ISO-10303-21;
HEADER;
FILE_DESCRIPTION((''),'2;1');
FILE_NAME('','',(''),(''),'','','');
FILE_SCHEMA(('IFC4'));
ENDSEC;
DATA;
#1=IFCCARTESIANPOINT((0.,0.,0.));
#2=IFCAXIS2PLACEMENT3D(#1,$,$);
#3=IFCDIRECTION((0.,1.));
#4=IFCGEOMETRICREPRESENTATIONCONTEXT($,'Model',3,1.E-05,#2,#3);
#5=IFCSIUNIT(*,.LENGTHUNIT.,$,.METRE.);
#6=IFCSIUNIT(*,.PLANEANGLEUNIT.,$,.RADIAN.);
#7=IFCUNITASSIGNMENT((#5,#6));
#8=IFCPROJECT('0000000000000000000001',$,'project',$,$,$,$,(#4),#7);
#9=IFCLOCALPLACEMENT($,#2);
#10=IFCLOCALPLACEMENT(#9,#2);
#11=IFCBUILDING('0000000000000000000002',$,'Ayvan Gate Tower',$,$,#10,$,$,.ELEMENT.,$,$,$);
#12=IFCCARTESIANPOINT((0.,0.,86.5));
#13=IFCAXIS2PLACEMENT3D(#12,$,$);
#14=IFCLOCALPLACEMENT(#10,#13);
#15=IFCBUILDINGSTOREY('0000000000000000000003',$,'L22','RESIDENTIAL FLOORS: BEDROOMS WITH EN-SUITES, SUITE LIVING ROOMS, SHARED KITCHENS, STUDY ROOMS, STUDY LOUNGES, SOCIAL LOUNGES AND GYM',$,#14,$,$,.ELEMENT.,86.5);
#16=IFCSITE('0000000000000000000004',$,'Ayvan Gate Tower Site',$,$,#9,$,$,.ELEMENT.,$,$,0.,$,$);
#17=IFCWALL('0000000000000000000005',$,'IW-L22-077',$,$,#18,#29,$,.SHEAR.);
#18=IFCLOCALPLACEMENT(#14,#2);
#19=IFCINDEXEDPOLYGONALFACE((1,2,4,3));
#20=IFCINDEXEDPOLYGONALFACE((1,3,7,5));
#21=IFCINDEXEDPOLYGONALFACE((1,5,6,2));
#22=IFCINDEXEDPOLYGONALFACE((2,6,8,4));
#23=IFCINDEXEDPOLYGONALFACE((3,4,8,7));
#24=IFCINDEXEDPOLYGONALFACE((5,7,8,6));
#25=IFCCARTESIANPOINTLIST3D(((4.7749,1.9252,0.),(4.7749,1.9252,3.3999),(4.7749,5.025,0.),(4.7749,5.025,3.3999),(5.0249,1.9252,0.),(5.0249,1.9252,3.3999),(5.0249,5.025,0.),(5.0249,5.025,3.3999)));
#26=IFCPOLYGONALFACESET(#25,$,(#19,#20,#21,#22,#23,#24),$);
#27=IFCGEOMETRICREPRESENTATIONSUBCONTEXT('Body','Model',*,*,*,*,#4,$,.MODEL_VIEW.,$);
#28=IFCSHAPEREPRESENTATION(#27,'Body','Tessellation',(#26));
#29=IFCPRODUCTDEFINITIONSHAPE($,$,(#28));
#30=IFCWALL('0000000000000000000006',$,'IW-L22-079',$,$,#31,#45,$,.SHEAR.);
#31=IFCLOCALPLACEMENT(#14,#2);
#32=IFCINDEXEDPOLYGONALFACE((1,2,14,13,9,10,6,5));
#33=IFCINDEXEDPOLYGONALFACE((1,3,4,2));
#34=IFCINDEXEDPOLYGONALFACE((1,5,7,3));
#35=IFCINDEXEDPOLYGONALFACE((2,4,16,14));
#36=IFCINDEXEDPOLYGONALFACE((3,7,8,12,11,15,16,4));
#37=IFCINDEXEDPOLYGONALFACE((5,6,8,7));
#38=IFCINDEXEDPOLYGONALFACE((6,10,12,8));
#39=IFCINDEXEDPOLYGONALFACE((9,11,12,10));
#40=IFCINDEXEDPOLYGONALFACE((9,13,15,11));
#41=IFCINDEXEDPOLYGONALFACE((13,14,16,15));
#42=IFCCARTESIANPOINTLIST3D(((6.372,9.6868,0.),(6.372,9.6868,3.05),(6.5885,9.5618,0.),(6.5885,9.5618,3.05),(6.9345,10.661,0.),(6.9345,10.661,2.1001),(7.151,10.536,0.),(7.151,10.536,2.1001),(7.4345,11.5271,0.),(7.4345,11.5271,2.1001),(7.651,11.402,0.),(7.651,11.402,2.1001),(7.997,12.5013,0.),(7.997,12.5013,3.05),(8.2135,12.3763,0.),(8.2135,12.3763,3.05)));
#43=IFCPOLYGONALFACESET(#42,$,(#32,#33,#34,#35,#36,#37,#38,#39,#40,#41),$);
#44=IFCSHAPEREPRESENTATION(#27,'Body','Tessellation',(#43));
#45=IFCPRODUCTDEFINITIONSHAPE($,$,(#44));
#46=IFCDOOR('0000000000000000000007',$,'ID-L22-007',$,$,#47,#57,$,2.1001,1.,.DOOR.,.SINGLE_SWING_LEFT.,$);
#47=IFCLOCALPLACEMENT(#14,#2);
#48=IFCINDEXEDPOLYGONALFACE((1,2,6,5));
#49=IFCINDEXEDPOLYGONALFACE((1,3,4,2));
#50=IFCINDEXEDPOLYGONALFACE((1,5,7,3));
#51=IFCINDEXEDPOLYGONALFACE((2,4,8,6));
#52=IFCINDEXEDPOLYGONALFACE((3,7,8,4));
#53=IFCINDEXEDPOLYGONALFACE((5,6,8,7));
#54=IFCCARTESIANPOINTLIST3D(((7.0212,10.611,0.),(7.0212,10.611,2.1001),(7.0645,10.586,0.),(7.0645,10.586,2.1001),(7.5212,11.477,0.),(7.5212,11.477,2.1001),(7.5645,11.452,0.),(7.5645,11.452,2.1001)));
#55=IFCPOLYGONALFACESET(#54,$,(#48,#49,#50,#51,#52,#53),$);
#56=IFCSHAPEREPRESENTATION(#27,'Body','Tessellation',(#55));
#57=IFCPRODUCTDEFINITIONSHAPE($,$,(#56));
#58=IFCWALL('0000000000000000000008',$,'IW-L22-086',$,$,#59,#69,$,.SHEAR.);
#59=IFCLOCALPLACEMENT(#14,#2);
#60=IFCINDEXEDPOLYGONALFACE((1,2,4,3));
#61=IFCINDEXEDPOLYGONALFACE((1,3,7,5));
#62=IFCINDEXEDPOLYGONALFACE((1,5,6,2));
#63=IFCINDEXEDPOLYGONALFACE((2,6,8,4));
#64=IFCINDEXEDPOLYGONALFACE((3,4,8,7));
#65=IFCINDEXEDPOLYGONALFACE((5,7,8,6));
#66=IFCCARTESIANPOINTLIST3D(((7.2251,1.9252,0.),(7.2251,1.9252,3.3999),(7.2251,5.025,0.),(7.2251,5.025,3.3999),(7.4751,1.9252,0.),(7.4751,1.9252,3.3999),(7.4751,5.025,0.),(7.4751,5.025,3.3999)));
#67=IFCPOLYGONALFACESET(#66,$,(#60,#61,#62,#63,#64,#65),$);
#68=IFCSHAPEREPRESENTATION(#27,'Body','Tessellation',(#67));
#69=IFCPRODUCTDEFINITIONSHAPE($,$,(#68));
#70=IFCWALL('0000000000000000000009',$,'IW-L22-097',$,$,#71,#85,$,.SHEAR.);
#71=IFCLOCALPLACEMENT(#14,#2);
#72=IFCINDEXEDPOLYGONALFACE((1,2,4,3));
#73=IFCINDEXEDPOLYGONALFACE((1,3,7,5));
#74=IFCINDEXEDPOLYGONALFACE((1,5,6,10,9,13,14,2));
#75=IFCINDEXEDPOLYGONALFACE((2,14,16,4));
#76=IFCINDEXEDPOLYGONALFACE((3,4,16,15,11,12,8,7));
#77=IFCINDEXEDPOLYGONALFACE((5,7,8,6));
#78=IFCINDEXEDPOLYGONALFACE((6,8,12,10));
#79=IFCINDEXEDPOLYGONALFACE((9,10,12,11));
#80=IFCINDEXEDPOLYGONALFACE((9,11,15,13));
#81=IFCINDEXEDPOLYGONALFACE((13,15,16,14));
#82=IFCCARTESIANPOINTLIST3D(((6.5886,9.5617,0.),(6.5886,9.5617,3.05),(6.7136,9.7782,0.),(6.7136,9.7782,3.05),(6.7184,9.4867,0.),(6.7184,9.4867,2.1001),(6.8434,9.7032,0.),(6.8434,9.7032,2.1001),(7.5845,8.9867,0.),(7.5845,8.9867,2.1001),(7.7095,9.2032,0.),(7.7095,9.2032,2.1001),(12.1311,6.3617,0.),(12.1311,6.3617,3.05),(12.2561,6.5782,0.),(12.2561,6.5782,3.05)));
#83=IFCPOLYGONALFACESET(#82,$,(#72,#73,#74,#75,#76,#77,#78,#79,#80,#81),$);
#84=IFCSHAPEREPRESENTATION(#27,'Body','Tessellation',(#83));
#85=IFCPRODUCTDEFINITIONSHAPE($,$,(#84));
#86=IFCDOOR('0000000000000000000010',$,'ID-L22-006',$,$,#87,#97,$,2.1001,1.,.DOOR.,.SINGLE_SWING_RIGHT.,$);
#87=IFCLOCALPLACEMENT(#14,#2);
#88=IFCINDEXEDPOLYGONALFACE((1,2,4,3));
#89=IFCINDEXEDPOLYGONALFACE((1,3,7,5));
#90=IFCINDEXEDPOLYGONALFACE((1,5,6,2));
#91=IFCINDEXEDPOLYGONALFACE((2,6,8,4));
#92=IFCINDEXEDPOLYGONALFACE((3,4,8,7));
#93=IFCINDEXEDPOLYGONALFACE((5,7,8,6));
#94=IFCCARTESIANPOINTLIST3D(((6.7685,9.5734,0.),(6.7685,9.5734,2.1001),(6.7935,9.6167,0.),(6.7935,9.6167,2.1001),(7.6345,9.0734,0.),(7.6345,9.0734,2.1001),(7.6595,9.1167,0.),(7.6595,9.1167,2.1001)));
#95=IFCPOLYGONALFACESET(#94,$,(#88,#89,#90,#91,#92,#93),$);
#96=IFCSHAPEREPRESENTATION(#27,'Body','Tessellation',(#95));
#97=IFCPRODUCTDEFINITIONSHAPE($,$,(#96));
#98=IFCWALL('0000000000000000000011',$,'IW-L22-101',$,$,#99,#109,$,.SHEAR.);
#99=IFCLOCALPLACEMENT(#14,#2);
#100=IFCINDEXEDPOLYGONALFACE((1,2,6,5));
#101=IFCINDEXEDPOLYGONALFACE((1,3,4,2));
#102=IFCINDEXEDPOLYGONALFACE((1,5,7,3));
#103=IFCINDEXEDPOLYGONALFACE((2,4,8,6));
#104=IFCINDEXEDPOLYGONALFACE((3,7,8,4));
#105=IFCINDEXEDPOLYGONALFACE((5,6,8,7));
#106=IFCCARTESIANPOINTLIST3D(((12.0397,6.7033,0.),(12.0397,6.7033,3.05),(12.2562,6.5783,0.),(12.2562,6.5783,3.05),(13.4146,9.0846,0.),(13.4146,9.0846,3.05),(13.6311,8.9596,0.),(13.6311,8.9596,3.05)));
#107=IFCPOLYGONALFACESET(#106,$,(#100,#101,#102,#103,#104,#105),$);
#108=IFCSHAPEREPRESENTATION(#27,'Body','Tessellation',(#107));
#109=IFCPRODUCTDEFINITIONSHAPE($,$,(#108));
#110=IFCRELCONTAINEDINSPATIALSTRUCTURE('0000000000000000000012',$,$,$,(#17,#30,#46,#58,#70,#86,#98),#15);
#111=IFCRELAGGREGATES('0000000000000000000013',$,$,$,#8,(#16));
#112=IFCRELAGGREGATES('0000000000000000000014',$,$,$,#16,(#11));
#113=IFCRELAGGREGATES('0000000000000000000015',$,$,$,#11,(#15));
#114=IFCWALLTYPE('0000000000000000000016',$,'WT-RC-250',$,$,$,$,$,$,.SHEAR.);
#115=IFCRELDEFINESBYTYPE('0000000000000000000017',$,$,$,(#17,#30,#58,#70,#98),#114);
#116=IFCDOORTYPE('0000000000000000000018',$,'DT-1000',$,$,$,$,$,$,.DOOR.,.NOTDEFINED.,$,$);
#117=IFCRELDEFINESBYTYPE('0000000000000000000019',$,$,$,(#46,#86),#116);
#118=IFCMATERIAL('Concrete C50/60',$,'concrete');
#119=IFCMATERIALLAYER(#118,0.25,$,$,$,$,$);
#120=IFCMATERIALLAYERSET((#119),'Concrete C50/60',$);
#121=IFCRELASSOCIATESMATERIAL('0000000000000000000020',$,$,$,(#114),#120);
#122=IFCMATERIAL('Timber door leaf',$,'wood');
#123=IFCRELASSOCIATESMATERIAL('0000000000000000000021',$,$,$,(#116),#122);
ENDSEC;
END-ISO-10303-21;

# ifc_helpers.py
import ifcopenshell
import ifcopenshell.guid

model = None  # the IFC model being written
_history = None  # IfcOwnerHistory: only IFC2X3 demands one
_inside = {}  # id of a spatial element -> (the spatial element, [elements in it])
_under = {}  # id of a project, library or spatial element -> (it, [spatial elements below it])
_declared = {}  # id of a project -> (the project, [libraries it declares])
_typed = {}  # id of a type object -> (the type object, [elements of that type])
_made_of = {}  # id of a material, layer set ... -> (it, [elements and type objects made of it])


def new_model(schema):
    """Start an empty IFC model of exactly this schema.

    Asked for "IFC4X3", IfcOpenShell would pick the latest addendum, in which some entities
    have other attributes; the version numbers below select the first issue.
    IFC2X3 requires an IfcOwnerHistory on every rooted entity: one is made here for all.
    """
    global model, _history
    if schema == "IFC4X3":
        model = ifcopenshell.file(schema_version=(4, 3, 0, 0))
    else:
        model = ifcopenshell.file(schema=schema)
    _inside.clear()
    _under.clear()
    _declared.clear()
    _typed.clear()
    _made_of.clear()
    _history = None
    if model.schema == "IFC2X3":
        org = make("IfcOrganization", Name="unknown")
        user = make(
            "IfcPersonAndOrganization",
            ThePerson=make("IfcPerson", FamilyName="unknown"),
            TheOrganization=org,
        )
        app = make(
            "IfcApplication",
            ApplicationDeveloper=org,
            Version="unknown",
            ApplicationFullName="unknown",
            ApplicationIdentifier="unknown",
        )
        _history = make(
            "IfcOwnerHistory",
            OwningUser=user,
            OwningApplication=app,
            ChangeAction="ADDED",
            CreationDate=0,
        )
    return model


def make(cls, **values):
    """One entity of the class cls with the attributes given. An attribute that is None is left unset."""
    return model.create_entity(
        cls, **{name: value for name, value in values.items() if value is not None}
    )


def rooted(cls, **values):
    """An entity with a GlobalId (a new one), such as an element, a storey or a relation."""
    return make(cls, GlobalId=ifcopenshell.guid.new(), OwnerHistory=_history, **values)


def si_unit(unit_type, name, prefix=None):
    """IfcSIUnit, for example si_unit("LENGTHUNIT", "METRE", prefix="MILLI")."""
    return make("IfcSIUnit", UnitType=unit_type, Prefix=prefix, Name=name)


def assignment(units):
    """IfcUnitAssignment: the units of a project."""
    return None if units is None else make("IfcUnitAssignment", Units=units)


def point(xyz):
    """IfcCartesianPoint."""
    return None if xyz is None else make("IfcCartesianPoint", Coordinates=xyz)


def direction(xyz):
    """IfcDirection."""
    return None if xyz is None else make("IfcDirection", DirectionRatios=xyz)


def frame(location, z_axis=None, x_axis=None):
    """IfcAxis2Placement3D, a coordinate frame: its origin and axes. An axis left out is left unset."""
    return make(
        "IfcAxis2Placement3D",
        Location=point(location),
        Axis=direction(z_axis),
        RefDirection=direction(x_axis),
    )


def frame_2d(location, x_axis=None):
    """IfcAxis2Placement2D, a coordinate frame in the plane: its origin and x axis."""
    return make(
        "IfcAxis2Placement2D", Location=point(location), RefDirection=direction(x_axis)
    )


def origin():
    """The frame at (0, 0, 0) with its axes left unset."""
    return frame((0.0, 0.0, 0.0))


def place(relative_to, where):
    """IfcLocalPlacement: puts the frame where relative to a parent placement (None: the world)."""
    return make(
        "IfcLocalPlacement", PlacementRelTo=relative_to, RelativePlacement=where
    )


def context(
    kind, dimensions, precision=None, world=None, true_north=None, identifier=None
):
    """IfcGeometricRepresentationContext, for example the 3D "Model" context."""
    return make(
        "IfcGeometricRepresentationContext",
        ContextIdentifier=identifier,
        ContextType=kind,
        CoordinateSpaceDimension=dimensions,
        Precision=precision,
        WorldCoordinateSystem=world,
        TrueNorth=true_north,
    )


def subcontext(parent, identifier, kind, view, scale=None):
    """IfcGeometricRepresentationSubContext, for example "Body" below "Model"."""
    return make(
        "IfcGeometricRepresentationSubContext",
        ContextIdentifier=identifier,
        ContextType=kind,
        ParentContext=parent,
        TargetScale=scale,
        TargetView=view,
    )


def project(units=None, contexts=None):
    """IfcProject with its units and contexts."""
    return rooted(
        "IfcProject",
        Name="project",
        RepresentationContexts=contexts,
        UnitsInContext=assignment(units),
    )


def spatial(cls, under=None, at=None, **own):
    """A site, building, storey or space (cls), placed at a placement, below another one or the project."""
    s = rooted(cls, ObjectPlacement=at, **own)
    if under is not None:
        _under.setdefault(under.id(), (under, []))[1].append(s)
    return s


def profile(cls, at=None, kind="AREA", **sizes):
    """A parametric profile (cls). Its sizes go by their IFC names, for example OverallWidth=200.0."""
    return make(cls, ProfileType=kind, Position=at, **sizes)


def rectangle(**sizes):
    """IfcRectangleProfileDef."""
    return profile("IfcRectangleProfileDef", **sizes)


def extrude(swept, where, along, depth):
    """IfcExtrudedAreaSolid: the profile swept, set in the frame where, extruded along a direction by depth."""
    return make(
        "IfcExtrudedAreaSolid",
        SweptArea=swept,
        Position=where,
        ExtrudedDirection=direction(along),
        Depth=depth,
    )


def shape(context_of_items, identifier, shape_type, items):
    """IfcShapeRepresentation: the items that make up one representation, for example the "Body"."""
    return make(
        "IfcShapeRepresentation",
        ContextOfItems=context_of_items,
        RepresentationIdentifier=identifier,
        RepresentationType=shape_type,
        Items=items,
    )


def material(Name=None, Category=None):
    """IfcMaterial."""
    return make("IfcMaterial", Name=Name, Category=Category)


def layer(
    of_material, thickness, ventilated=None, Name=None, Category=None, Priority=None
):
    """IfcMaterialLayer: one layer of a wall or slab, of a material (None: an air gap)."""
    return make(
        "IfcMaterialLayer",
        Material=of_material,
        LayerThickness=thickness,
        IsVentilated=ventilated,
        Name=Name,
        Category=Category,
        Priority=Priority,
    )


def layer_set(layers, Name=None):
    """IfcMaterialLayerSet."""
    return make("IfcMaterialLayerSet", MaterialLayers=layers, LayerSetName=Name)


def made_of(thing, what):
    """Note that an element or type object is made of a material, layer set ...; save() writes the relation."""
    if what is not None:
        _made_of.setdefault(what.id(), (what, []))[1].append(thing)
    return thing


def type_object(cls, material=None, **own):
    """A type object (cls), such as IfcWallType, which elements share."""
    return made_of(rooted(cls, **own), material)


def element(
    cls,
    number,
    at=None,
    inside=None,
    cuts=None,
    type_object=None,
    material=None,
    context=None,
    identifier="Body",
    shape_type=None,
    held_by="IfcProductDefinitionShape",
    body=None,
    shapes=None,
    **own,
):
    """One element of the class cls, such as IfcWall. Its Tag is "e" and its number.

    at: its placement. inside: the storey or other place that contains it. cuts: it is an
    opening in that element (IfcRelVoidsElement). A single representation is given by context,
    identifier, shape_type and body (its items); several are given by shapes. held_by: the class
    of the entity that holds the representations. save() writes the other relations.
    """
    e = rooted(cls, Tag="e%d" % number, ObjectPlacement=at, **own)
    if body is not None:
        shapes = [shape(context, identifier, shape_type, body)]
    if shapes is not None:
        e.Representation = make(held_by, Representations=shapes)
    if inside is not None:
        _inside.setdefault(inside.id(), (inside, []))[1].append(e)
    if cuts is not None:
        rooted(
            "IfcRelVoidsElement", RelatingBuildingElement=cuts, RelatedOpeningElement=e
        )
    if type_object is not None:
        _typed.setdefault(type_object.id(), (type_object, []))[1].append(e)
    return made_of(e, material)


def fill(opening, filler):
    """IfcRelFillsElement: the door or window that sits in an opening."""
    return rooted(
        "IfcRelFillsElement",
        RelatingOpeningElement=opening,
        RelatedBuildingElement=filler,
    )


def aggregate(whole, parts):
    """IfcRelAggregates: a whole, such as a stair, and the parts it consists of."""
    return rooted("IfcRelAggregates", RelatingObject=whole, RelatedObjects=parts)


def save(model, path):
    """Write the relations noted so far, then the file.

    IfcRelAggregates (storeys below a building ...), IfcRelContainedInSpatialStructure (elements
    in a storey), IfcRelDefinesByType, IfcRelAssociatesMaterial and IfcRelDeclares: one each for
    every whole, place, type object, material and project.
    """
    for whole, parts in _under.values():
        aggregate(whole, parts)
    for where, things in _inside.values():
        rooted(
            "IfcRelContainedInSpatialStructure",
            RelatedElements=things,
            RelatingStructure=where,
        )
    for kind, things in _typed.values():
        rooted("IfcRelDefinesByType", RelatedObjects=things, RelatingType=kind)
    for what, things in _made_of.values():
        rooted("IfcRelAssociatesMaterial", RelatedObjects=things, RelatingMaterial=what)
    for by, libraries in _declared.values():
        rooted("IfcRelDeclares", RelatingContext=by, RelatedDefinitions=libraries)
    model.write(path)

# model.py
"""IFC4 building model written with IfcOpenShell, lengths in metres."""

from ifc_helpers import new_model, si_unit, direction, frame, frame_2d, origin, place, context, subcontext, project, spatial, rectangle, extrude, material, layer, layer_set, type_object, element, fill, save


model = new_model("IFC4")

# Units and contexts
model_context = context("Model", 3, precision=1e-05, world=origin(), true_north=direction((0.0, 1.0)))
body_context = subcontext(model_context, "Body", "Model", "MODEL_VIEW")
ifc_project = project(units=[si_unit("LENGTHUNIT", "METRE"), si_unit("PLANEANGLEUNIT", "RADIAN")], contexts=[model_context])

# Site, building, storey
site_placement = place(None, origin())
site = spatial("IfcSite", under=ifc_project, at=site_placement, Name="Ayvan Gate Tower Site", CompositionType="ELEMENT", RefElevation=0.0)
building_placement = place(site_placement, origin())
building = spatial("IfcBuilding", under=site, at=building_placement, Name="Ayvan Gate Tower", CompositionType="ELEMENT")
storey_placement = place(building_placement, frame((0.0, 0.0, 86.5)))
storey = spatial("IfcBuildingStorey", under=building, at=storey_placement, Name="L22", Description="RESIDENTIAL FLOORS: BEDROOMS WITH EN-SUITES, SUITE LIVING ROOMS, SHARED KITCHENS, STUDY ROOMS, STUDY LOUNGES, SOCIAL LOUNGES AND GYM", CompositionType="ELEMENT", Elevation=86.5)

# Shared definitions
ifc_material_1 = material(Name="Timber door leaf", Category="wood")

# Wall
ifc_material_2 = material(Name="Concrete C50/60", Category="concrete")
ifc_layer_1 = layer(ifc_material_2, 0.25)
ifc_layer_set_1 = layer_set([ifc_layer_1], Name="Concrete C50/60")
wall_type_1 = type_object("IfcWallType", Name="WT-RC-250", PredefinedType="SHEAR", material=ifc_layer_set_1)
for number, where, z_axis, x_axis, name in (
    (1, (4.8999, 5.0249, 0.0), (0.0, 0.0, 1.0), (0.0, -1.0, 0.0), "IW-L22-077"),
):
    element("IfcWall", number, at=place(storey_placement, frame(where, z_axis=z_axis, x_axis=x_axis)), inside=storey, type_object=wall_type_1, Name=name, PredefinedType="SHEAR", context=body_context, shape_type="SweptSolid", body=[
        extrude(rectangle(XDim=3.0999, YDim=0.25, at=frame_2d((1.5498, 0.0))), origin(), (0.0, 0.0, 1.0), 3.3999),
    ])

# Wall, opening, door
wall_1_placement = place(storey_placement, frame((6.4802, 9.6243, 0.0), z_axis=(0.0, 0.0, 1.0), x_axis=(0.500017, 0.866015, 0.0)))
wall_1 = element("IfcWall", 2, at=wall_1_placement, inside=storey, type_object=wall_type_1, Name="IW-L22-079", PredefinedType="SHEAR", context=body_context, shape_type="SweptSolid", body=[
    extrude(rectangle(XDim=3.25, YDim=0.25, at=frame_2d((1.625, 0.0))), origin(), (0.0, 0.0, 1.0), 3.05),
])
opening_1_placement = place(wall_1_placement, frame((1.125, 0.0, 0.0)))
opening_1 = element("IfcOpeningElement", 3, at=opening_1_placement, cuts=wall_1, PredefinedType="OPENING", context=body_context, shape_type="SweptSolid", body=[
    extrude(rectangle(XDim=1.0, YDim=2.1001, at=frame_2d((0.5, 1.05))), frame((0.0, 0.135, 0.0), z_axis=(0.0, -1.0, 0.0), x_axis=(1.0, 0.0, 0.0)), (0.0, 0.0, 1.0), 0.27),
])
door_type_1 = type_object("IfcDoorType", Name="DT-1000", OperationType="NOTDEFINED", PredefinedType="DOOR", material=ifc_material_1)
door_1_placement = place(opening_1_placement, origin())
door_1 = element("IfcDoor", 4, at=door_1_placement, inside=storey, type_object=door_type_1, Name="ID-L22-007", OperationType="SINGLE_SWING_LEFT", OverallHeight=2.1001, OverallWidth=1.0, PredefinedType="DOOR", context=body_context, shape_type="SweptSolid", body=[
    extrude(rectangle(XDim=1.0, YDim=2.1001, at=frame_2d((0.5, 1.05))), frame((0.0, 0.0249, 0.0), z_axis=(0.0, -1.0, 0.0), x_axis=(1.0, 0.0, 0.0)), (0.0, 0.0, 1.0), 0.05),
])
fill(opening_1, door_1)

# Wall
wall_2_placement = place(storey_placement, frame((7.3501, 5.0249, 0.0), z_axis=(0.0, 0.0, 1.0), x_axis=(0.0, -1.0, 0.0)))
element("IfcWall", 5, at=wall_2_placement, inside=storey, type_object=wall_type_1, Name="IW-L22-086", PredefinedType="SHEAR", context=body_context, shape_type="SweptSolid", body=[
    extrude(rectangle(XDim=3.0999, YDim=0.25, at=frame_2d((1.5498, 0.0))), origin(), (0.0, 0.0, 1.0), 3.3999),
])

# Wall, opening, door
wall_3_placement = place(storey_placement, frame((12.1936, 6.47, 0.0), z_axis=(0.0, 0.0, 1.0), x_axis=(-0.866025, 0.5, 0.0)))
wall_3 = element("IfcWall", 6, at=wall_3_placement, inside=storey, type_object=wall_type_1, Name="IW-L22-097", PredefinedType="SHEAR", context=body_context, shape_type="SweptSolid", body=[
    extrude(rectangle(XDim=6.3999, YDim=0.25, at=frame_2d((3.2, 0.0))), origin(), (0.0, 0.0, 1.0), 3.05),
])
opening_2_placement = place(wall_3_placement, frame((5.25, 0.0, 0.0)))
opening_2 = element("IfcOpeningElement", 7, at=opening_2_placement, cuts=wall_3, PredefinedType="OPENING", context=body_context, shape_type="SweptSolid", body=[
    extrude(rectangle(XDim=1.0, YDim=2.1001, at=frame_2d((0.5, 1.05))), frame((0.0, 0.135, 0.0), z_axis=(0.0, -1.0, 0.0), x_axis=(1.0, 0.0, 0.0)), (0.0, 0.0, 1.0), 0.27),
])
door_2_placement = place(opening_2_placement, origin())
door_2 = element("IfcDoor", 8, at=door_2_placement, inside=storey, type_object=door_type_1, Name="ID-L22-006", OperationType="SINGLE_SWING_RIGHT", OverallHeight=2.1001, OverallWidth=1.0, PredefinedType="DOOR", context=body_context, shape_type="SweptSolid", body=[
    extrude(rectangle(XDim=1.0, YDim=2.1001, at=frame_2d((0.5, 1.05))), frame((0.0, 0.0249, 0.0), z_axis=(0.0, -1.0, 0.0), x_axis=(1.0, 0.0, 0.0)), (0.0, 0.0, 1.0), 0.05),
])
fill(opening_2, door_2)

# Wall
wall_4_placement = place(storey_placement, frame((13.5229, 9.0222, 0.0), z_axis=(0.0, 0.0, 1.0), x_axis=(-0.500035, -0.866005, 0.0)))
element("IfcWall", 9, at=wall_4_placement, inside=storey, type_object=wall_type_1, Name="IW-L22-101", PredefinedType="SHEAR", context=body_context, shape_type="SweptSolid", body=[
    extrude(rectangle(XDim=2.7498, YDim=0.25, at=frame_2d((1.375, 0.0))), origin(), (0.0, 0.0, 1.0), 3.05),
])

save(model, "model.ifc")
